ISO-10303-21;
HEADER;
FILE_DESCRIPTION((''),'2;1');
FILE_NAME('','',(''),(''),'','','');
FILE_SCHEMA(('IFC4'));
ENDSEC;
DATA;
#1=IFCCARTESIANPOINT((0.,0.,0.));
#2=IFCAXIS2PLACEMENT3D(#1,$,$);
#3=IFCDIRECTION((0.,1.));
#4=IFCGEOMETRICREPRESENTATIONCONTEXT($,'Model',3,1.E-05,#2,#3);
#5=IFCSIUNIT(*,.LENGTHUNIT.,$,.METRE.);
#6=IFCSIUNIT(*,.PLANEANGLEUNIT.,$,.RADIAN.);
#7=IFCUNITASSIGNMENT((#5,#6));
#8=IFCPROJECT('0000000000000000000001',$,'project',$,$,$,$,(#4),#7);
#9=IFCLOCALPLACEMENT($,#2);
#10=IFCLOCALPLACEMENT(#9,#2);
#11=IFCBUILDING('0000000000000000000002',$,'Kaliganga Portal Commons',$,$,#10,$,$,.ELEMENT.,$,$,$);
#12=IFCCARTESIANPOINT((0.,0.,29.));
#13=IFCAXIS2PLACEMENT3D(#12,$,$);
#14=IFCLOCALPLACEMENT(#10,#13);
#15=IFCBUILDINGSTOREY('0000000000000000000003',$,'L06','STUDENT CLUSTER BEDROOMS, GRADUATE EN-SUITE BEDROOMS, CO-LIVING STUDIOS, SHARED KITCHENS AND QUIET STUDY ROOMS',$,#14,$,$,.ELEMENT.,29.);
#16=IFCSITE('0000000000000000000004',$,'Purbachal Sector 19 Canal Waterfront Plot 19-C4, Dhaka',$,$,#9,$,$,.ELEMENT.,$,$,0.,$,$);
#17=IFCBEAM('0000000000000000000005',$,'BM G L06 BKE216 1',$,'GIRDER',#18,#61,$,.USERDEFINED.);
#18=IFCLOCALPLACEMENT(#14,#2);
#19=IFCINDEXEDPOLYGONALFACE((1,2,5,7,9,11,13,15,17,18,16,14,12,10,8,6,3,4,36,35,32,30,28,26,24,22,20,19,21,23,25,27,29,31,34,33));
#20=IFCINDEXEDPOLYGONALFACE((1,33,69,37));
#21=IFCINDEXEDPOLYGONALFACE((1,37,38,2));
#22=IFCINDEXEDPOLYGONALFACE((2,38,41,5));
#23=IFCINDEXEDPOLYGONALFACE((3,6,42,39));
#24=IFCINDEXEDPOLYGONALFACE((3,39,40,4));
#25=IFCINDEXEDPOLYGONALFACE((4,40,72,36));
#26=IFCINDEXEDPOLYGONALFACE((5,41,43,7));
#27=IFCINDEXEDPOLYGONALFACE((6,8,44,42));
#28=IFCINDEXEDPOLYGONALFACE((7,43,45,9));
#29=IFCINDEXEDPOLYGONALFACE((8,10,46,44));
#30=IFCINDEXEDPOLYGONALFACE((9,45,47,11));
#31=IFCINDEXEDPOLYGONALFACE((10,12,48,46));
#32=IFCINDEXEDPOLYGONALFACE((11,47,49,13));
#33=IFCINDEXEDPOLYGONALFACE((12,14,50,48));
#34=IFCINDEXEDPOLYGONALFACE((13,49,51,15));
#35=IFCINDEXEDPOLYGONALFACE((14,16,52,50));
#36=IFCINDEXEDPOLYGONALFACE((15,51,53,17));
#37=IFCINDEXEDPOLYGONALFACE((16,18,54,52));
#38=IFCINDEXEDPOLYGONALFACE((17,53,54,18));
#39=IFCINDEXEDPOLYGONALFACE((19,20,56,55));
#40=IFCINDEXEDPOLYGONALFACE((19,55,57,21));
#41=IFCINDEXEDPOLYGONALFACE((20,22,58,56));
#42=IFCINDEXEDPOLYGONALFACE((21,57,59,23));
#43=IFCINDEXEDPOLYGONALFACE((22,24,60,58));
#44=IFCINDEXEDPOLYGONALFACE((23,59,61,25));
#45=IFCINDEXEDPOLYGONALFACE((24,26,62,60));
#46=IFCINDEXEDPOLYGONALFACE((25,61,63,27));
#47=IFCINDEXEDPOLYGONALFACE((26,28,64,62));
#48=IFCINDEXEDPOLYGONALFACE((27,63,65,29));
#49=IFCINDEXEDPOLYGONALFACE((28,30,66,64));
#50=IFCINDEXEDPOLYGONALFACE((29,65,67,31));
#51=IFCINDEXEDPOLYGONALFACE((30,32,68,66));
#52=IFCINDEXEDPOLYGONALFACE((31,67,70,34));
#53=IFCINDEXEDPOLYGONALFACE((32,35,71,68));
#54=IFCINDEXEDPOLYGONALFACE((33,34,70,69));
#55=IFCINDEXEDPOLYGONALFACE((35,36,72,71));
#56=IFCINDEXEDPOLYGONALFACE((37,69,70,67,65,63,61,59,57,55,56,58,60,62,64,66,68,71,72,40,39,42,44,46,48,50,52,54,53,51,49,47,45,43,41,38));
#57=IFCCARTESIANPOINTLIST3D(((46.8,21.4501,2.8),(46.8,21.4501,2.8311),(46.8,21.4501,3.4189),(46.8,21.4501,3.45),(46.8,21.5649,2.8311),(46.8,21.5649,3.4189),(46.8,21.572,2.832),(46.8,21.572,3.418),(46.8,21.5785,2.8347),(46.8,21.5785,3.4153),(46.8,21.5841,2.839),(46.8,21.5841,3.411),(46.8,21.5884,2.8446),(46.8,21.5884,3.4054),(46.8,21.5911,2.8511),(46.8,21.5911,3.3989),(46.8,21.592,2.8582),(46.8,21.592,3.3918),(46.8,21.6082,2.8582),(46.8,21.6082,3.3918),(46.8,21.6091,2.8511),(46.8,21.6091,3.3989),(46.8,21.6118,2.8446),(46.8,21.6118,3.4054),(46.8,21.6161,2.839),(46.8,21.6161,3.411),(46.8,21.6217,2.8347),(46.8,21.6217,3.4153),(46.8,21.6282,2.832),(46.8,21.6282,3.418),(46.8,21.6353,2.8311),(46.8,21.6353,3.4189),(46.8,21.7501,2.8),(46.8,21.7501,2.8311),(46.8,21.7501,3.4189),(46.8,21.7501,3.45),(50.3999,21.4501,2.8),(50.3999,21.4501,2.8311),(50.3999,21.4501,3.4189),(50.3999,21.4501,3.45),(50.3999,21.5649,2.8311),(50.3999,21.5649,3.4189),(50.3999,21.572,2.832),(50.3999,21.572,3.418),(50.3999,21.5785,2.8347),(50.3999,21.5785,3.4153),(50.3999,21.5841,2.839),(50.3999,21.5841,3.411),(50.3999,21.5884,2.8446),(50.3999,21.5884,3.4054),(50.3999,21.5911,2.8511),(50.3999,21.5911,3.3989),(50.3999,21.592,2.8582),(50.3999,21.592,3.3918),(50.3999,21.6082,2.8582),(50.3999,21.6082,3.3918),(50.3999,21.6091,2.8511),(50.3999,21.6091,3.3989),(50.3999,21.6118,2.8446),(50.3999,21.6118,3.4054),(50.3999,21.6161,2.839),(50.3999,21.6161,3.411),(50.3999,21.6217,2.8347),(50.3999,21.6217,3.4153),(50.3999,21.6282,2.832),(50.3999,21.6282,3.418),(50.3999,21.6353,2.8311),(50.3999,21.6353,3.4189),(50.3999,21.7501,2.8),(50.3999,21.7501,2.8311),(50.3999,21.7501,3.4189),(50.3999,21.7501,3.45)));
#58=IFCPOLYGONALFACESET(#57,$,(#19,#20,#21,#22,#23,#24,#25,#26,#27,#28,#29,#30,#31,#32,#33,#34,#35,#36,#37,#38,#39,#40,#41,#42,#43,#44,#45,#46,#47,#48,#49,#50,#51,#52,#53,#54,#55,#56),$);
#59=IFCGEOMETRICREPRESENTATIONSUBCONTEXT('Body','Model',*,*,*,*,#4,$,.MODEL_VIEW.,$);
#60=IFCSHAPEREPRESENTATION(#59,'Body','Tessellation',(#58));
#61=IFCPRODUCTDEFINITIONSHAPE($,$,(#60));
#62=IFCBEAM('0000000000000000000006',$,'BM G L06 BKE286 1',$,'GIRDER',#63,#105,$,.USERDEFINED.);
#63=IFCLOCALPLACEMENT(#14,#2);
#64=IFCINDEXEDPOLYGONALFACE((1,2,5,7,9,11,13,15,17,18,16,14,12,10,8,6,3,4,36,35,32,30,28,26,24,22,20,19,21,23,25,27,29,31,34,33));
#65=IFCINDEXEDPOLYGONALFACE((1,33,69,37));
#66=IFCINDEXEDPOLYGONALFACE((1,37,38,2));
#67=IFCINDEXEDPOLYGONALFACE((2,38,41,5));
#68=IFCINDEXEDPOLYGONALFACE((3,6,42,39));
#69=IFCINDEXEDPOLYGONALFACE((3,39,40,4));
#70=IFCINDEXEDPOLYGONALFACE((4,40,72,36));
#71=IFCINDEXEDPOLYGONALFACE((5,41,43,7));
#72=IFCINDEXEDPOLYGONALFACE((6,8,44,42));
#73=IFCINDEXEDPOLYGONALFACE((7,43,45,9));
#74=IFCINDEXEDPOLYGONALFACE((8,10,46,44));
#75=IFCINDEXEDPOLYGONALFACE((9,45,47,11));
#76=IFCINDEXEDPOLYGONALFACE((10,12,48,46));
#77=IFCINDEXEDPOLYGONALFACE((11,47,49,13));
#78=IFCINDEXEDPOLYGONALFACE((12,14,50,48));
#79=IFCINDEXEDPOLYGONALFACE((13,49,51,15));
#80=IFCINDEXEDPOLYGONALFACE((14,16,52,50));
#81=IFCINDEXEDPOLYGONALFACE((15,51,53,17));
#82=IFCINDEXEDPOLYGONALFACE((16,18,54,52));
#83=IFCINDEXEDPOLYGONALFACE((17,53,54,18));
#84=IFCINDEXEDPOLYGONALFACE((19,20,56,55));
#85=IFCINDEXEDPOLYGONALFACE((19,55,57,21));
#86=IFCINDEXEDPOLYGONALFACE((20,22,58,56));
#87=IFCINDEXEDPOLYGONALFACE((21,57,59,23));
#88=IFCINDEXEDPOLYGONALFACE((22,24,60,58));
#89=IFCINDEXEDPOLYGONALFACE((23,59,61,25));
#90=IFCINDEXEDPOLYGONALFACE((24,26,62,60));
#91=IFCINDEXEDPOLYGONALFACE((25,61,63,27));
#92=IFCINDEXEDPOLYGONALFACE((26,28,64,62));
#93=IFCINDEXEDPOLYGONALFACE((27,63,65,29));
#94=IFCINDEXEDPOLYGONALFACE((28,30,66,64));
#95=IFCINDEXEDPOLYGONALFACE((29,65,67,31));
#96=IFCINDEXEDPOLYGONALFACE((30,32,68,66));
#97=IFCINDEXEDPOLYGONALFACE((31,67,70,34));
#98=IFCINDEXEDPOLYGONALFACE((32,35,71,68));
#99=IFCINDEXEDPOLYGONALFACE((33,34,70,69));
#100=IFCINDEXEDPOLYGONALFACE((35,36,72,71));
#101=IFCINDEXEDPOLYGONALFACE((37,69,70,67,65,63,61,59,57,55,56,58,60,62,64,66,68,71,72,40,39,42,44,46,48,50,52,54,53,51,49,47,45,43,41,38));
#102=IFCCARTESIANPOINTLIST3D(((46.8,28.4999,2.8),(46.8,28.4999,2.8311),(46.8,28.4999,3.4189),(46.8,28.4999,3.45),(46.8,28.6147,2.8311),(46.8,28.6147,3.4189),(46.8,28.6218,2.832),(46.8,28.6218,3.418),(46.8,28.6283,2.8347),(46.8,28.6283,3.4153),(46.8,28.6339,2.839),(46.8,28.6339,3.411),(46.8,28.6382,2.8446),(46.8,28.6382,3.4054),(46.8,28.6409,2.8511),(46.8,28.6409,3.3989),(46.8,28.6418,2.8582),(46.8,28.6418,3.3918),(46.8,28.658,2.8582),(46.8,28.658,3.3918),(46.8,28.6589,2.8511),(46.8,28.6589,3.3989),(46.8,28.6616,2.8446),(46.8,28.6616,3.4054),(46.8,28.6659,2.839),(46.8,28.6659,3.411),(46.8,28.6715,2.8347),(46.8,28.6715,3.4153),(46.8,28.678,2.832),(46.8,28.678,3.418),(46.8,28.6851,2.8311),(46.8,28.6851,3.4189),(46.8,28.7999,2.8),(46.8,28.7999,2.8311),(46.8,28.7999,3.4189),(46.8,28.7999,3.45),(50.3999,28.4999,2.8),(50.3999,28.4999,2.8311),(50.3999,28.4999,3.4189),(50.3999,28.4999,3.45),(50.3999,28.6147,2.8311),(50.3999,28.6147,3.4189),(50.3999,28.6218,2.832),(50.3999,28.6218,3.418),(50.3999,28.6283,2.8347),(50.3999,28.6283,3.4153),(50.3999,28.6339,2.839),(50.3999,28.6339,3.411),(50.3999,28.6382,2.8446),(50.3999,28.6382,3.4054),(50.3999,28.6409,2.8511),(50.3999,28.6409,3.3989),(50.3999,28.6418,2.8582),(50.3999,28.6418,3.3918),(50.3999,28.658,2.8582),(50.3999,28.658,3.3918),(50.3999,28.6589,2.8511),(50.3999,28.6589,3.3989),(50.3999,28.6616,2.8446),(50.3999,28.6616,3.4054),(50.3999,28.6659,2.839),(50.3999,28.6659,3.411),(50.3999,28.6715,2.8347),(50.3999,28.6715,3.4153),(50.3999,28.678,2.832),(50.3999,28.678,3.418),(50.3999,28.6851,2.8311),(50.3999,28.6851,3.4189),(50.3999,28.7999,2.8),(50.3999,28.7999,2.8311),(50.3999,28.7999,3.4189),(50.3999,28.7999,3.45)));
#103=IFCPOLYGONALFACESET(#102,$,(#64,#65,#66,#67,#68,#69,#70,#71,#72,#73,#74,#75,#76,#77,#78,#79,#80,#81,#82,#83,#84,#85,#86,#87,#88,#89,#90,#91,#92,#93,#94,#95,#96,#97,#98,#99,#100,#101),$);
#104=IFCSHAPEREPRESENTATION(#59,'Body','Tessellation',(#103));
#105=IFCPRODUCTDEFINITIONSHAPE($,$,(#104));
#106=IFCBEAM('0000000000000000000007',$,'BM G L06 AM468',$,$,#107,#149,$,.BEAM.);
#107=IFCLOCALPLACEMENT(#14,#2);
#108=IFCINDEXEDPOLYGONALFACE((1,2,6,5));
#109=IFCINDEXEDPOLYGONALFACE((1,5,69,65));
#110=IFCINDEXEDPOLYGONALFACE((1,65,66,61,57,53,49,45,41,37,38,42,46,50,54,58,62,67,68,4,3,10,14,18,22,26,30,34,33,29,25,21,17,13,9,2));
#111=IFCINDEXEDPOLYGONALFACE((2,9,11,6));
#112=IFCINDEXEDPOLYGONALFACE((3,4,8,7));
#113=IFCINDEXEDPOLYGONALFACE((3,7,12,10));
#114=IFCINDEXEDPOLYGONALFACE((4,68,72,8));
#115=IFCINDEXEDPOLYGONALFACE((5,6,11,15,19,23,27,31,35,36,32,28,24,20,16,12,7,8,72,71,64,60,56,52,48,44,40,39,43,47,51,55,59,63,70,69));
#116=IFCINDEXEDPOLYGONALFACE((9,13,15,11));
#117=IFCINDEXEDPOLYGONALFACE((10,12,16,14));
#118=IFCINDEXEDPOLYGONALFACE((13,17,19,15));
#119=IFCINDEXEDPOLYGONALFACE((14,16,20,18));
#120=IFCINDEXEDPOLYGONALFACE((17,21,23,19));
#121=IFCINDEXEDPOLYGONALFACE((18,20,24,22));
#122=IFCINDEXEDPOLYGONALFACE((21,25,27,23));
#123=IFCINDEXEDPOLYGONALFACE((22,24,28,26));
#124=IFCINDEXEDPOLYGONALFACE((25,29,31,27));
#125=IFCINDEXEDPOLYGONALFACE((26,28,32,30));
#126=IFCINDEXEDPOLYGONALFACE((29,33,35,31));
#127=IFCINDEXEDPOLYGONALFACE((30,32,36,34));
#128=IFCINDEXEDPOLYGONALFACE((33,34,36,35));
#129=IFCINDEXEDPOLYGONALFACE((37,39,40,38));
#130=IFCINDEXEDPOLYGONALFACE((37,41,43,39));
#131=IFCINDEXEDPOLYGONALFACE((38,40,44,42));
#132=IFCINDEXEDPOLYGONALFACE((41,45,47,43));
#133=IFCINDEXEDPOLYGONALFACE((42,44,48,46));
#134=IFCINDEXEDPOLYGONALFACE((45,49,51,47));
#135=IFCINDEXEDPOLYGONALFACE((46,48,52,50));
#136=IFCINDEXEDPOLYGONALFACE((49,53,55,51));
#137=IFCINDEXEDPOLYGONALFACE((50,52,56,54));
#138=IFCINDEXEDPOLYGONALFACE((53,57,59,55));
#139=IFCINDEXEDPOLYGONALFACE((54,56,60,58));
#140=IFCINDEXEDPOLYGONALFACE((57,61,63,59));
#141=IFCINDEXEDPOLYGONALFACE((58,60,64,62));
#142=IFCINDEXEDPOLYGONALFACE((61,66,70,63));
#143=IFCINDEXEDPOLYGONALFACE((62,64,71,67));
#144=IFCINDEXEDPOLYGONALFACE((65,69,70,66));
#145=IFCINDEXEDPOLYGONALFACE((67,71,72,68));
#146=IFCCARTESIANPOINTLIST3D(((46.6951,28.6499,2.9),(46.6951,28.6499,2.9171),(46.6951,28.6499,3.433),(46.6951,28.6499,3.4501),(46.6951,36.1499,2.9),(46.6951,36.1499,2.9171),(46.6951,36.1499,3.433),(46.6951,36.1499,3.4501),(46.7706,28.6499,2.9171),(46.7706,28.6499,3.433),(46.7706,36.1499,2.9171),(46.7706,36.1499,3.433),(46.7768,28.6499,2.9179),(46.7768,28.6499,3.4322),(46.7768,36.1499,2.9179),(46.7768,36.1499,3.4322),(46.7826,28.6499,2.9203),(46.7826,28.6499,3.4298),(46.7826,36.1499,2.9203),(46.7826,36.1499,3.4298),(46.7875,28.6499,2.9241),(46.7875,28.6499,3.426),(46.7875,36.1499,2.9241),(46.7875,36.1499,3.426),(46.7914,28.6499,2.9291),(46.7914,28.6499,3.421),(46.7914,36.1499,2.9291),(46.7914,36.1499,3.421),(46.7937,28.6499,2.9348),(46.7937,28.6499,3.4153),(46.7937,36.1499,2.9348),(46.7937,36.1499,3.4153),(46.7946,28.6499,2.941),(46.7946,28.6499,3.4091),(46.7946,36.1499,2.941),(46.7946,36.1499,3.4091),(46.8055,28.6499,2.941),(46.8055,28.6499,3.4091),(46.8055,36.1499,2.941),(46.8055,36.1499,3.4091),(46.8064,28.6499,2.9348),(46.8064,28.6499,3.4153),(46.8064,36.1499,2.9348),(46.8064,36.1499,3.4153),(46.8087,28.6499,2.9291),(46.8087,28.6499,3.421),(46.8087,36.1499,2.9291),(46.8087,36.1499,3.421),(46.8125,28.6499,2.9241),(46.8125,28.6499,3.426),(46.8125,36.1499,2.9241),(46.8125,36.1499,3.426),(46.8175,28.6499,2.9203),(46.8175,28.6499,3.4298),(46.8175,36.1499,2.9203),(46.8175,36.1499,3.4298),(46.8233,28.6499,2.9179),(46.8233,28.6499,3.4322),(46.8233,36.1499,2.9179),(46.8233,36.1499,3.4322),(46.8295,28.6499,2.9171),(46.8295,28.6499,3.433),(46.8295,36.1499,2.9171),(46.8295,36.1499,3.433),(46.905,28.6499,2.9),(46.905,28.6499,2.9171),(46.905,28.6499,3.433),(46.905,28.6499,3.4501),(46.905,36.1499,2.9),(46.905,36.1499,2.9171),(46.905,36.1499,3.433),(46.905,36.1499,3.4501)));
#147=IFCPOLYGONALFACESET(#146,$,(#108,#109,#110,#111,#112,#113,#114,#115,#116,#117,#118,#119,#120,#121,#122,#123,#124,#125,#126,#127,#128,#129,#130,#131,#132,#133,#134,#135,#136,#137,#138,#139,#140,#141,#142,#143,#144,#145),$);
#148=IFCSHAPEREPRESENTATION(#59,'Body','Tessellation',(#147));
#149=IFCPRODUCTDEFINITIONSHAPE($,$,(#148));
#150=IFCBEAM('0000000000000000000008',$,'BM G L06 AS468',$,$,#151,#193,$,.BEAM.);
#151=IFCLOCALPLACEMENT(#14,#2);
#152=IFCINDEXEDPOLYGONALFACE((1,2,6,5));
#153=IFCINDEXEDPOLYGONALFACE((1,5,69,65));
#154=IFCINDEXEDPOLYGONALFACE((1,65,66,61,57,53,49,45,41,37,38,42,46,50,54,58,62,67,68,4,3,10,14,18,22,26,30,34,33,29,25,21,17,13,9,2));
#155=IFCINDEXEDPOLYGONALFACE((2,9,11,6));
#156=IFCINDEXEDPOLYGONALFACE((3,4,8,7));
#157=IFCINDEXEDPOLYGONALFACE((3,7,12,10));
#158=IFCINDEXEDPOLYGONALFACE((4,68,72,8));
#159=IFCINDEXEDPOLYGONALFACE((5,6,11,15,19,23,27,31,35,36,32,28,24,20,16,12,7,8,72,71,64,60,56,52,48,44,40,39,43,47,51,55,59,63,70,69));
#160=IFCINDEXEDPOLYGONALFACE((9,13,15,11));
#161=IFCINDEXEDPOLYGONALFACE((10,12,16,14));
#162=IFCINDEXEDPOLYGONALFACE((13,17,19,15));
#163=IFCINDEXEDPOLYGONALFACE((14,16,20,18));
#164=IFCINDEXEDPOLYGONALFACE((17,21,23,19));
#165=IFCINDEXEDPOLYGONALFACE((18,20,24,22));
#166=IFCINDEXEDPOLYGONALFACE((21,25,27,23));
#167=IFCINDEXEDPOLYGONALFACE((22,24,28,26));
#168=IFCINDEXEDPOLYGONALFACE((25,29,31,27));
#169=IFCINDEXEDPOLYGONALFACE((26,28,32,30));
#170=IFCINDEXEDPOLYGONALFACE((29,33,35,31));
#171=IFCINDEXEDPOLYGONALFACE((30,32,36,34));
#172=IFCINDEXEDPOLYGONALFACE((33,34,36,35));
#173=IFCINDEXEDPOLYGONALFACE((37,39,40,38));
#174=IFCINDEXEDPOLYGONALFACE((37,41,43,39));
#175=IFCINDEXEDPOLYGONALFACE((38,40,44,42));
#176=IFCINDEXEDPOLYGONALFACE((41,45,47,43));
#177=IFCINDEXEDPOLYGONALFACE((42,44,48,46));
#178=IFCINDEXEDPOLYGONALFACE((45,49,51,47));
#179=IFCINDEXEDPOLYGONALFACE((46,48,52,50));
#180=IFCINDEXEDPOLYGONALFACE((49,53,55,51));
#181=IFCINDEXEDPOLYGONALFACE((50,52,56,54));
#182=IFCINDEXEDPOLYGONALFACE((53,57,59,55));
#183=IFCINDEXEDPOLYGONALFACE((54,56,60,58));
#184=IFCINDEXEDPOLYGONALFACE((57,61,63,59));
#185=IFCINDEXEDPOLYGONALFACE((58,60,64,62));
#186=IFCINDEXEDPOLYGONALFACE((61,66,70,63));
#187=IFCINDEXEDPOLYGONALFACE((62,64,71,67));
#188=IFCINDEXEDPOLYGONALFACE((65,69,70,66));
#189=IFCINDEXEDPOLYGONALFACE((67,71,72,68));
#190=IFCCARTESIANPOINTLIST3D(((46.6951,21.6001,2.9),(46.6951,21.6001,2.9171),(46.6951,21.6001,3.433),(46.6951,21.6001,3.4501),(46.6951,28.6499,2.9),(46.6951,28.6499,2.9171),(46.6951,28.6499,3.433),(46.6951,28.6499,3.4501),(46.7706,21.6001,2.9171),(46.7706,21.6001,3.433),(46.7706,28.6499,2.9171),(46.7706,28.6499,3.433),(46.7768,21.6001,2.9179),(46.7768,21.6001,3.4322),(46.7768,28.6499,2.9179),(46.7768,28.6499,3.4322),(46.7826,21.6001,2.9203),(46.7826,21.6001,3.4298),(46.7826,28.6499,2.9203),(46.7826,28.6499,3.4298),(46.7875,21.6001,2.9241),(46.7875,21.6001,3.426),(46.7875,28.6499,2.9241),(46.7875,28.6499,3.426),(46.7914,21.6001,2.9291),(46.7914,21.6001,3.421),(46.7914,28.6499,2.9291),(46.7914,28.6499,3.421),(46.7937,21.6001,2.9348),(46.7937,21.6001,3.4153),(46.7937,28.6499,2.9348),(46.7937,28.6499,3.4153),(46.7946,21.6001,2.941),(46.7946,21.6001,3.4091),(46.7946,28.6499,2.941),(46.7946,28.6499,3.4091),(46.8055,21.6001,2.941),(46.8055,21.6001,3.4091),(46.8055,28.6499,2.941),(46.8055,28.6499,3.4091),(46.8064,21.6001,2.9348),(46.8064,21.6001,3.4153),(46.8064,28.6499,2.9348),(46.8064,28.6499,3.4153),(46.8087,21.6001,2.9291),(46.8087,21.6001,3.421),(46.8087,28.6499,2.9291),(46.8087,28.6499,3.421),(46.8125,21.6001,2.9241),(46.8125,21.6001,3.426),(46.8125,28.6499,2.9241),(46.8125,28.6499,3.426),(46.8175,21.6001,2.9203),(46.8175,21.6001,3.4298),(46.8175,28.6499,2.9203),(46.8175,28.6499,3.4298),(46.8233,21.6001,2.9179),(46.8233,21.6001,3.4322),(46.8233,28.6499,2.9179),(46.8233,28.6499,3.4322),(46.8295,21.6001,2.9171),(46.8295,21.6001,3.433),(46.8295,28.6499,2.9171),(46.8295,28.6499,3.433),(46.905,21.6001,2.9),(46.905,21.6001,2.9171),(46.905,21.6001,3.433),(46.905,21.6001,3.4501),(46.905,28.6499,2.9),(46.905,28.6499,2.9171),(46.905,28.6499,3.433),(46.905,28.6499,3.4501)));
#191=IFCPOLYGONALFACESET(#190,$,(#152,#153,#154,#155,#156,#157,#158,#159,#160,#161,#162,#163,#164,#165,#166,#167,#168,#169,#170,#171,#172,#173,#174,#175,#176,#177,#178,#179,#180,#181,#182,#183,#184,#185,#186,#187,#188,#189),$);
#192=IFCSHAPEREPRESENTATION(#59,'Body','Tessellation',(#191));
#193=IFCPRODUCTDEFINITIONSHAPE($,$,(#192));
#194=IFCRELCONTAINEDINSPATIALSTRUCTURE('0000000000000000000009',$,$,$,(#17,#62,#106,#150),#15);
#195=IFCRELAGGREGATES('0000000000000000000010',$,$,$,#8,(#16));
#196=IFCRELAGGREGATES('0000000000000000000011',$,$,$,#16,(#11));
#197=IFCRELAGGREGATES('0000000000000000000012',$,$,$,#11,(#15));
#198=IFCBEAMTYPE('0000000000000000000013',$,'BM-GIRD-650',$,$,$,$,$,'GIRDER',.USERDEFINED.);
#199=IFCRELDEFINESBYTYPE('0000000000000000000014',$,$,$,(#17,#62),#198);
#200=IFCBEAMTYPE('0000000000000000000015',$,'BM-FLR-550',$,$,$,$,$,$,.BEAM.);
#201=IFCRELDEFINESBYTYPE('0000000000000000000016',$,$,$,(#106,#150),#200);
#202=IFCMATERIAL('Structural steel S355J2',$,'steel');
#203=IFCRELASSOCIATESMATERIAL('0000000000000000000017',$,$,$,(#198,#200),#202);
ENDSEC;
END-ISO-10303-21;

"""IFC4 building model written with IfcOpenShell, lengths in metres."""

from ifc_helpers import new_model, si_unit, direction, frame, origin, origin_2d, place, context, subcontext, project, spatial, i_section, extrude, source, transform, mapped, material, material_profile, profile_set, type_object, element, save


model = new_model("IFC4")

# Units and contexts
model_context = context("Model", 3, precision=1e-05, world=origin(), true_north=direction((0.0, 1.0)))
body_context = subcontext(model_context, "Body", "Model", "MODEL_VIEW")
ifc_project = project(units=[si_unit("LENGTHUNIT", "METRE"), si_unit("PLANEANGLEUNIT", "RADIAN")], contexts=[model_context])

# Site, building, storey
site_placement = place(None, origin())
site = spatial("IfcSite", under=ifc_project, at=site_placement, Name="Purbachal Sector 19 Canal Waterfront Plot 19-C4, Dhaka", CompositionType="ELEMENT", RefElevation=0.0)
building_placement = place(site_placement, origin())
building = spatial("IfcBuilding", under=site, at=building_placement, Name="Kaliganga Portal Commons", CompositionType="ELEMENT")
storey_placement = place(building_placement, frame((0.0, 0.0, 29.0)))
storey = spatial("IfcBuildingStorey", under=building, at=storey_placement, Name="L06", Description="STUDENT CLUSTER BEDROOMS, GRADUATE EN-SUITE BEDROOMS, CO-LIVING STUDIOS, SHARED KITCHENS AND QUIET STUDY ROOMS", CompositionType="ELEMENT", Elevation=29.0)

# Beams
ifc_material_1 = material(Name="Structural steel S355J2", Category="steel")
ifc_material_profile_1 = material_profile(ifc_material_1, i_section(OverallWidth=0.3, OverallDepth=0.6499, WebThickness=0.0161, FlangeThickness=0.031, FilletRadius=0.0271, at=origin_2d()), Name="HE 650 B")
ifc_profile_set_1 = profile_set([ifc_material_profile_1], Name="Structural steel S355J2 wide-flange")
beam_type_1 = type_object("IfcBeamType", Name="BM-GIRD-650", ElementType="GIRDER", PredefinedType="USERDEFINED", material=ifc_profile_set_1)
shared_shape_1 = source(origin(), body_context, "Body", "SweptSolid", [
    extrude(i_section(OverallWidth=0.3, OverallDepth=0.6499, WebThickness=0.0161, FlangeThickness=0.031, FilletRadius=0.0271, at=origin_2d()), origin(), (0.0, 0.0, 1.0), 3.5999),
])
for number, where, z_axis, x_axis, name in (
    (1, (46.8, 21.6001, 3.125), (1.0, 0.0, 0.0), (0.0, 1.0, 0.0), "BM G L06 BKE216 1"),
    (2, (46.8, 28.6499, 3.125), (1.0, 0.0, 0.0), (0.0, 1.0, 0.0), "BM G L06 BKE286 1"),
):
    element("IfcBeam", number, at=place(storey_placement, frame(where, z_axis=z_axis, x_axis=x_axis)), inside=storey, type_object=beam_type_1, Name=name, ObjectType="GIRDER", PredefinedType="USERDEFINED", context=body_context, shape_type="MappedRepresentation", body=[
        mapped(shared_shape_1, transform((0.0, 0.0, 0.0), x_axis=(1.0, 0.0, 0.0), y_axis=(0.0, 1.0, 0.0), z_axis=(0.0, 0.0, 1.0), scale=1.0)),
    ])
ifc_material_profile_2 = material_profile(ifc_material_1, i_section(OverallWidth=0.21, OverallDepth=0.55, WebThickness=0.011, FlangeThickness=0.0171, FilletRadius=0.0239, at=origin_2d()), Name="IPE 550")
ifc_profile_set_2 = profile_set([ifc_material_profile_2], Name="Structural steel S355J2 wide-flange")
beam_type_2 = type_object("IfcBeamType", Name="BM-FLR-550", PredefinedType="BEAM", material=ifc_profile_set_2)
shared_shape_2 = source(origin(), body_context, "Body", "SweptSolid", [
    extrude(i_section(OverallWidth=0.21, OverallDepth=0.55, WebThickness=0.011, FlangeThickness=0.0171, FilletRadius=0.0239, at=origin_2d()), origin(), (0.0, 0.0, 1.0), 7.5),
])
beam_1_placement = place(storey_placement, frame((46.8, 28.6499, 3.175), z_axis=(0.0, 1.0, 0.0), x_axis=(-1.0, 0.0, 0.0)))
element("IfcBeam", 3, at=beam_1_placement, inside=storey, type_object=beam_type_2, Name="BM G L06 AM468", PredefinedType="BEAM", context=body_context, shape_type="MappedRepresentation", body=[
    mapped(shared_shape_2, transform((0.0, 0.0, 0.0), x_axis=(1.0, 0.0, 0.0), y_axis=(0.0, 1.0, 0.0), z_axis=(0.0, 0.0, 1.0), scale=1.0)),
])
shared_shape_3 = source(origin(), body_context, "Body", "SweptSolid", [
    extrude(i_section(OverallWidth=0.21, OverallDepth=0.55, WebThickness=0.011, FlangeThickness=0.0171, FilletRadius=0.0239, at=origin_2d()), origin(), (0.0, 0.0, 1.0), 7.0498),
])
beam_2_placement = place(storey_placement, frame((46.8, 21.6001, 3.175), z_axis=(0.0, 1.0, 0.0), x_axis=(-1.0, 0.0, 0.0)))
element("IfcBeam", 4, at=beam_2_placement, inside=storey, type_object=beam_type_2, Name="BM G L06 AS468", PredefinedType="BEAM", context=body_context, shape_type="MappedRepresentation", body=[
    mapped(shared_shape_3, transform((0.0, 0.0, 0.0), x_axis=(1.0, 0.0, 0.0), y_axis=(0.0, 1.0, 0.0), z_axis=(0.0, 0.0, 1.0), scale=1.0)),
])

save(model, "model.ifc")
